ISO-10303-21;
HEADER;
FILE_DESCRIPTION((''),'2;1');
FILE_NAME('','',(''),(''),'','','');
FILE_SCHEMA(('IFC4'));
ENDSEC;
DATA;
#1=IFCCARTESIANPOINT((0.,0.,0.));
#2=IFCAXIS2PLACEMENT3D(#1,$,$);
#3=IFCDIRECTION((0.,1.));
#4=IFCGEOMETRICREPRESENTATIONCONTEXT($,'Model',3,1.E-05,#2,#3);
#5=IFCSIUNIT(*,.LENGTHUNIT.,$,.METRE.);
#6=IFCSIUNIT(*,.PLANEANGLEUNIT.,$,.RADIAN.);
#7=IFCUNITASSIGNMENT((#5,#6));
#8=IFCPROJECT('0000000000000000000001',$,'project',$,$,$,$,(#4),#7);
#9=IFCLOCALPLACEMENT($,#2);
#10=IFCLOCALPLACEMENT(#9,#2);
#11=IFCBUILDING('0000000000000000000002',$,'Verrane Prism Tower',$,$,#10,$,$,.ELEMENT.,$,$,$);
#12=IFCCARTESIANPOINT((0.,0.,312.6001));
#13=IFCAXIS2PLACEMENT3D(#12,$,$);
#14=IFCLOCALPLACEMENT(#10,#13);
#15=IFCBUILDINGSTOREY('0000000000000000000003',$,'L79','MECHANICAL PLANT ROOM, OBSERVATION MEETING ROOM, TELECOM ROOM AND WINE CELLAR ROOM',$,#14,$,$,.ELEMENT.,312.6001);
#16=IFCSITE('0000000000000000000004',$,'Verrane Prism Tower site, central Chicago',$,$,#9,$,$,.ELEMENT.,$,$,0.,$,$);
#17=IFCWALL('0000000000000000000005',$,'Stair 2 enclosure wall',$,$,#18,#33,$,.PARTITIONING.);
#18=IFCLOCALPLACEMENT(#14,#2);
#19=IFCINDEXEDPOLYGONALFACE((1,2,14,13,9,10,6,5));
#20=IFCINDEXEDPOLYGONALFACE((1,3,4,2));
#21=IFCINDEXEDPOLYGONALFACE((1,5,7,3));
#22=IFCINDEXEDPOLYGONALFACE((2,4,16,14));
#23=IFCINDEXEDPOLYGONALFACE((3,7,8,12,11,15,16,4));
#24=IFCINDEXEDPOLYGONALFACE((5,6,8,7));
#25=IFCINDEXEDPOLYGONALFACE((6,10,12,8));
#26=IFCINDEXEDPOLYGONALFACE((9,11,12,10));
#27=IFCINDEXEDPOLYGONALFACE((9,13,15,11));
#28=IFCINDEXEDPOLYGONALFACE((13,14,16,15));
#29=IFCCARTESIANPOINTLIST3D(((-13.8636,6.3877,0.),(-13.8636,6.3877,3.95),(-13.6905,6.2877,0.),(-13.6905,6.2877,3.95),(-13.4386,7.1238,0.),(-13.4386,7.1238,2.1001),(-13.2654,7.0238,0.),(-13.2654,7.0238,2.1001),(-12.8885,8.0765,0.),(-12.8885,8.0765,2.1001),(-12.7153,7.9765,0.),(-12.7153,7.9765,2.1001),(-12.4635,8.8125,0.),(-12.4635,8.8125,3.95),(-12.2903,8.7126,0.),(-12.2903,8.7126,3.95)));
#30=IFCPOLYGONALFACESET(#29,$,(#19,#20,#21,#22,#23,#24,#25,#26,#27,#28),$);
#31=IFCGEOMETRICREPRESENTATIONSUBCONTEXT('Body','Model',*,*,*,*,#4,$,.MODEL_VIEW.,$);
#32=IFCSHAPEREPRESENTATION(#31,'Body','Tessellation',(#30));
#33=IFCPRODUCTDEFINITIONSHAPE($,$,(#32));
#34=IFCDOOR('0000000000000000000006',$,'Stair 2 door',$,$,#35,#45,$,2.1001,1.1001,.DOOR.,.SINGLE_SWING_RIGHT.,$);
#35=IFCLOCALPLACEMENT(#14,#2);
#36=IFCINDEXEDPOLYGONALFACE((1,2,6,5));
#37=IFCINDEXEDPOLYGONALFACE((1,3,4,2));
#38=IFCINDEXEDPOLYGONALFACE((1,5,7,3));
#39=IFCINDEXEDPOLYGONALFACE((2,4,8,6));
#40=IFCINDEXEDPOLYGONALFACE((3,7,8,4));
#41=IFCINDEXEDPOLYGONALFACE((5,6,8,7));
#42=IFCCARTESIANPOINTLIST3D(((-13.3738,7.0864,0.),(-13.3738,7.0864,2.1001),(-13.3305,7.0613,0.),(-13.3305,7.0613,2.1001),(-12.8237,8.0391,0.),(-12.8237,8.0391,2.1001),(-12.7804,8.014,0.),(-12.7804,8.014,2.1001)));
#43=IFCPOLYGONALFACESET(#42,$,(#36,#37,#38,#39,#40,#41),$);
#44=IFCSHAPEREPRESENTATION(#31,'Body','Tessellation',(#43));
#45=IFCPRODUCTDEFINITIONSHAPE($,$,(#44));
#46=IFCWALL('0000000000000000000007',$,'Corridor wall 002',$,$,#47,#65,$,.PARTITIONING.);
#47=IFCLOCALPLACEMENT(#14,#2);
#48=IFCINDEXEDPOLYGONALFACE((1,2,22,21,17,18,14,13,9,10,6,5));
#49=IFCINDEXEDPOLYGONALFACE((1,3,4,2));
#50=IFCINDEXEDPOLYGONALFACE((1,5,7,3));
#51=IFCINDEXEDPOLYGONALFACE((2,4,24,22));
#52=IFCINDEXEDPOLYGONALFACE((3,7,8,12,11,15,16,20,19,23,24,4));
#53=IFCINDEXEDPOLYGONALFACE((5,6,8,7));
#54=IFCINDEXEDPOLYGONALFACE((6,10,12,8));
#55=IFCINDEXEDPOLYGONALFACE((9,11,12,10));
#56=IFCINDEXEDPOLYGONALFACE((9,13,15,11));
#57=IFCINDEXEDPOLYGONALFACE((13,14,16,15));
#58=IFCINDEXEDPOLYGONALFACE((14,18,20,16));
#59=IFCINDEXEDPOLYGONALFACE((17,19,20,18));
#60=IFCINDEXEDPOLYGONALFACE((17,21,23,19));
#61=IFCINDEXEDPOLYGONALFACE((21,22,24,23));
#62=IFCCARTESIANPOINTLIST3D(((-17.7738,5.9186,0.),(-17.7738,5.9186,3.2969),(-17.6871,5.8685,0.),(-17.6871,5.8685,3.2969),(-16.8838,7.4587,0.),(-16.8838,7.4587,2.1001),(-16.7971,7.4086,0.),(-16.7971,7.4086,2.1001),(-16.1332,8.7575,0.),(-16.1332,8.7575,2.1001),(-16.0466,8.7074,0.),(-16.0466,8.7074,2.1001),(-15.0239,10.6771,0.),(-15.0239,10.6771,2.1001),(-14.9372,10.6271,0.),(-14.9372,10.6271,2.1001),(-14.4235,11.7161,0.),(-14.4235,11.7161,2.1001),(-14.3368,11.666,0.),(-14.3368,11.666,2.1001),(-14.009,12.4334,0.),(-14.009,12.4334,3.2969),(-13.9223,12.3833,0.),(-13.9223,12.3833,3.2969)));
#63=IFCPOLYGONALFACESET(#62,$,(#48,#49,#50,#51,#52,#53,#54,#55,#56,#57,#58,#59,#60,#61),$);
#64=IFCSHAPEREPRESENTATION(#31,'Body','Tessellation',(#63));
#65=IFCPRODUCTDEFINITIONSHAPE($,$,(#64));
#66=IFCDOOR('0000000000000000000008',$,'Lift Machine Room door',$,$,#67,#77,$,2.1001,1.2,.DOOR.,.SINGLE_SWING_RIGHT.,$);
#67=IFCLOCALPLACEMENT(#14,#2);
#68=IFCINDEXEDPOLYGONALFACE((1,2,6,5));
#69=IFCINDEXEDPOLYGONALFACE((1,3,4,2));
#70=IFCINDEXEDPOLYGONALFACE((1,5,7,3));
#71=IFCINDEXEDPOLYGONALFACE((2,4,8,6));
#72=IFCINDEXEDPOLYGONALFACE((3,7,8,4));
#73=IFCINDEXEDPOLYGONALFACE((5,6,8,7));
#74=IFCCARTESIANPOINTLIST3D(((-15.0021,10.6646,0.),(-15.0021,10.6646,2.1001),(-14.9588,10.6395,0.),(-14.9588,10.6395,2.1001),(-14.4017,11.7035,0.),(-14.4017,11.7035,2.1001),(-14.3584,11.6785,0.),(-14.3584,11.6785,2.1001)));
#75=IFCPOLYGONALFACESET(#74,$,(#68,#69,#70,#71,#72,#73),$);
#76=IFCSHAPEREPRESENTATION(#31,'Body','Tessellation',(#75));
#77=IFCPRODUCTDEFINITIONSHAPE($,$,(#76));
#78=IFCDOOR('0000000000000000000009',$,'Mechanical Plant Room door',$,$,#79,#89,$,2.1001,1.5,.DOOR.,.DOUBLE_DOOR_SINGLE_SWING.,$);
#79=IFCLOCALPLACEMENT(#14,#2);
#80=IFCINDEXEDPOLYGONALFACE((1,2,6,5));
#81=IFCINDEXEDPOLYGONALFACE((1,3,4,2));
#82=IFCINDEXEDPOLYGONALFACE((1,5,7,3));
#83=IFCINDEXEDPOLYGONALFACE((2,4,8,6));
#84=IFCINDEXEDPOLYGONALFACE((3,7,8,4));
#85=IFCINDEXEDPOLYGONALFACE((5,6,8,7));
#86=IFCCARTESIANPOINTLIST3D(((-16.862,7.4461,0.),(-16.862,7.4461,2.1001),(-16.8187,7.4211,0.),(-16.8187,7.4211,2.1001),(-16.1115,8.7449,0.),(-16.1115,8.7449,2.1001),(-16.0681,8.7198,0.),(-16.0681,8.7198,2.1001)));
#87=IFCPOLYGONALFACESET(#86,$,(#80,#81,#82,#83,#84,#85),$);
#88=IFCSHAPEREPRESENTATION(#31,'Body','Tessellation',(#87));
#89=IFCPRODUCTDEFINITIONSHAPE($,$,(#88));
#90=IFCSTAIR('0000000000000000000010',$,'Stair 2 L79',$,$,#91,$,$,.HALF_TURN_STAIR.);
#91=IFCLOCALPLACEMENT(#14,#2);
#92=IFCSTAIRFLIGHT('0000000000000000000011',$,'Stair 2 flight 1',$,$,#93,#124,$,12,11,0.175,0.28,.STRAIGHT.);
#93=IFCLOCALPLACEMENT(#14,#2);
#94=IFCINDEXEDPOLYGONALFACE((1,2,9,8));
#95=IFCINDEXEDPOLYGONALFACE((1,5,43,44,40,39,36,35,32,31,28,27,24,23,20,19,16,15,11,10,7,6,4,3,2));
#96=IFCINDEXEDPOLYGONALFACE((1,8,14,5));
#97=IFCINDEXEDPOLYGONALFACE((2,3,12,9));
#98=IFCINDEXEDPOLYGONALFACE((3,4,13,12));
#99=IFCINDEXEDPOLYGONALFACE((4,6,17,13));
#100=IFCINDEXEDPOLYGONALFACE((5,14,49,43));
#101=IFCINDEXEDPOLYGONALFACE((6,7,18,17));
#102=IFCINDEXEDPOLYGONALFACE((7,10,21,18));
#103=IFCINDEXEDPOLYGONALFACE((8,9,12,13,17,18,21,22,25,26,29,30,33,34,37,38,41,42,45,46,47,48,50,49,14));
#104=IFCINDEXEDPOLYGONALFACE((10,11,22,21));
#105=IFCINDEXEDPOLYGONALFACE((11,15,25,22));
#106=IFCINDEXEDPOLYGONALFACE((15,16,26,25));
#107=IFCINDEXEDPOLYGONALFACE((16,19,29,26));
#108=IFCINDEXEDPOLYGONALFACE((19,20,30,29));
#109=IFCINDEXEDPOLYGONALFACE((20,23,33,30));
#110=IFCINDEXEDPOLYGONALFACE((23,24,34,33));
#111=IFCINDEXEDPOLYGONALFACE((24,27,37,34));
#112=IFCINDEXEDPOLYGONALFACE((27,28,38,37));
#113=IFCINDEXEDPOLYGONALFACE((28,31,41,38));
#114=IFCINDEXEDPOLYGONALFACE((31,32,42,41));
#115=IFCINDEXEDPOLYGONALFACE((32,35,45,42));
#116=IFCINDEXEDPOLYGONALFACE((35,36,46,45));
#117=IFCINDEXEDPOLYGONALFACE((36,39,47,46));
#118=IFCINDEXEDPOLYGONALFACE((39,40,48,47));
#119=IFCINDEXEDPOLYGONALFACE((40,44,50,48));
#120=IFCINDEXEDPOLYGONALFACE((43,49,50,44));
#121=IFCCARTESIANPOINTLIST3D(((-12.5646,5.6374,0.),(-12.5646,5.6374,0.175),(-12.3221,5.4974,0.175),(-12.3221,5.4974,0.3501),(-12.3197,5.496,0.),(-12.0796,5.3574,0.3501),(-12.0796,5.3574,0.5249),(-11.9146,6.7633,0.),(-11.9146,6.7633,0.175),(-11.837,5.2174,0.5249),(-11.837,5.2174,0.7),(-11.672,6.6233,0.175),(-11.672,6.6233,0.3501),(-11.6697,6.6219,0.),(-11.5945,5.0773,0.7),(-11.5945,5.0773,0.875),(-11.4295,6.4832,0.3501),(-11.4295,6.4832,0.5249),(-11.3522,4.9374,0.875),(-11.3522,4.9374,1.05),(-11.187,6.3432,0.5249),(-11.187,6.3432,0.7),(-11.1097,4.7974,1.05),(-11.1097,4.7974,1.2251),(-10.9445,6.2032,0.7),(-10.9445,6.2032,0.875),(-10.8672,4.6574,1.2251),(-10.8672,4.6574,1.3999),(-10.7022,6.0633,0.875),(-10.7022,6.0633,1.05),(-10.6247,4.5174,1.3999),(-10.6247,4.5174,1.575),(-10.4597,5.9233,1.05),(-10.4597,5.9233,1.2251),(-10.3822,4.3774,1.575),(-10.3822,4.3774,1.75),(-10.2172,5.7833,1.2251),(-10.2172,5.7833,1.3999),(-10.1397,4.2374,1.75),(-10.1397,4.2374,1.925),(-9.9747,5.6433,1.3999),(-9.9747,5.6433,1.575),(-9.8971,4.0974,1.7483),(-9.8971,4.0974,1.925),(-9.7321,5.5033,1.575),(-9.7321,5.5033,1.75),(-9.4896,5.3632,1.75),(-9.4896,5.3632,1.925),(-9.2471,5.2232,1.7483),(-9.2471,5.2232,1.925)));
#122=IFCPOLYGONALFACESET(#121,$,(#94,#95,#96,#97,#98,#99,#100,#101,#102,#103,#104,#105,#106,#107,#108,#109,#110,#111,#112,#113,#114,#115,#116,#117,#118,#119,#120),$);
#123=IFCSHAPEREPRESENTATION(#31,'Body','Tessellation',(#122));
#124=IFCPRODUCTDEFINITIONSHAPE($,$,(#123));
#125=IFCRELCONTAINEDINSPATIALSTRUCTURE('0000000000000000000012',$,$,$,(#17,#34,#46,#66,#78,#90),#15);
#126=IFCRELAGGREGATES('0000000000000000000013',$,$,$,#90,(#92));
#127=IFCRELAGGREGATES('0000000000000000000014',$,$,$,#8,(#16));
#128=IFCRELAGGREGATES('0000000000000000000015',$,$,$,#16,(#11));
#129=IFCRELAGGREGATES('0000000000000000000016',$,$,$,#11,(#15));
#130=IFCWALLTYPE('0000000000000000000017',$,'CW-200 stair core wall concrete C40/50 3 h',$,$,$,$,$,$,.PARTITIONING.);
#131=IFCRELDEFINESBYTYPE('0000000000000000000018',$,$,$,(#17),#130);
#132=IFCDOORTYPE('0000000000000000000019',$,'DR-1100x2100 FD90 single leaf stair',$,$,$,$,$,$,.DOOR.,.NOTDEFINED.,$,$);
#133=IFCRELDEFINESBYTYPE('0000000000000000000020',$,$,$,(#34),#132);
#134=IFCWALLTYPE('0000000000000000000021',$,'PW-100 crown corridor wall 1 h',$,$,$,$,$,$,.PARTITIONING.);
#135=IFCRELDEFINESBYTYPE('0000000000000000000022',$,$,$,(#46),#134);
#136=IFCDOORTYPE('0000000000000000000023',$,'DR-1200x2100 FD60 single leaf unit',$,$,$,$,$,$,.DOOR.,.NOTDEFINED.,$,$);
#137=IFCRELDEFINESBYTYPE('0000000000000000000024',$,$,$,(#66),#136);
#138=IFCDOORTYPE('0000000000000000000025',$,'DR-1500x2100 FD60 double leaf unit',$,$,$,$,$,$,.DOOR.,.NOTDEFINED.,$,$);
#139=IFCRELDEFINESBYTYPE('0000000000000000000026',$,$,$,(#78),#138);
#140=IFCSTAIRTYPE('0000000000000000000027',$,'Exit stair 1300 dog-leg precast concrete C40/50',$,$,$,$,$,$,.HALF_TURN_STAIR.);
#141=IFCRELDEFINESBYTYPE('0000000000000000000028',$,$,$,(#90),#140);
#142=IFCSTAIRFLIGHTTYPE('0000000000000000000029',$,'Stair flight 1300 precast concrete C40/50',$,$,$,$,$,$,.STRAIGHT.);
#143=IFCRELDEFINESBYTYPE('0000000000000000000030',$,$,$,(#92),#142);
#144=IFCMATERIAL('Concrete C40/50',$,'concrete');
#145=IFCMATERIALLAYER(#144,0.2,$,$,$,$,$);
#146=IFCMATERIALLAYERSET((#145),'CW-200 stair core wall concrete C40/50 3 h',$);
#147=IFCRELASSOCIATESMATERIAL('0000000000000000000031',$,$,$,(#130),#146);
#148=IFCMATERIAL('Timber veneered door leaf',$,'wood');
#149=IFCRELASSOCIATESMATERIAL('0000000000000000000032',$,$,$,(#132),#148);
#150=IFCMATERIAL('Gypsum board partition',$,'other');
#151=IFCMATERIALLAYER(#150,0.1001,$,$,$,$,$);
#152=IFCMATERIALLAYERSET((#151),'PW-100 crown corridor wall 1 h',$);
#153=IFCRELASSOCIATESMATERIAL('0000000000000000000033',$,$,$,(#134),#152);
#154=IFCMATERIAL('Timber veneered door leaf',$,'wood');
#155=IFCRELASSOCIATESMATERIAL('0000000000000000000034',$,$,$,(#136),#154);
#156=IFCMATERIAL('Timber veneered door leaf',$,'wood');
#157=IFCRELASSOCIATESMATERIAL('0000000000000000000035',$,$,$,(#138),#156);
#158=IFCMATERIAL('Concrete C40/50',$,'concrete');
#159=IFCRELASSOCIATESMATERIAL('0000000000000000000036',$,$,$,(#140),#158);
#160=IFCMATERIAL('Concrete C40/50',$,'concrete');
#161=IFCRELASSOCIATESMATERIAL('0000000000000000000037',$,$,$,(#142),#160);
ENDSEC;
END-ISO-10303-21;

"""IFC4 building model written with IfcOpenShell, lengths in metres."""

from ifc_helpers import new_model, si_unit, direction, frame, frame_2d, origin, place, context, subcontext, project, spatial, polyline, rectangle, outline, extrude, material, layer, layer_set, type_object, element, fill, aggregate, save


model = new_model("IFC4")

# Units and contexts
model_context = context("Model", 3, precision=1e-05, world=origin(), true_north=direction((0.0, 1.0)))
body_context = subcontext(model_context, "Body", "Model", "MODEL_VIEW")
ifc_project = project(units=[si_unit("LENGTHUNIT", "METRE"), si_unit("PLANEANGLEUNIT", "RADIAN")], contexts=[model_context])

# Site, building, storey
site_placement = place(None, origin())
site = spatial("IfcSite", under=ifc_project, at=site_placement, Name="Verrane Prism Tower site, central Chicago", CompositionType="ELEMENT", RefElevation=0.0)
building_placement = place(site_placement, origin())
building = spatial("IfcBuilding", under=site, at=building_placement, Name="Verrane Prism Tower", CompositionType="ELEMENT")
storey_placement = place(building_placement, frame((0.0, 0.0, 312.6001)))
storey = spatial("IfcBuildingStorey", under=building, at=storey_placement, Name="L79", Description="MECHANICAL PLANT ROOM, OBSERVATION MEETING ROOM, TELECOM ROOM AND WINE CELLAR ROOM", CompositionType="ELEMENT", Elevation=312.6001)

# Wall, opening, door
ifc_material_1 = material(Name="Concrete C40/50", Category="concrete")
ifc_layer_1 = layer(ifc_material_1, 0.2)
ifc_layer_set_1 = layer_set([ifc_layer_1], Name="CW-200 stair core wall concrete C40/50 3 h")
wall_type_1 = type_object("IfcWallType", Name="CW-200 stair core wall concrete C40/50 3 h", PredefinedType="PARTITIONING", material=ifc_layer_set_1)
wall_1_placement = place(storey_placement, frame((-12.377, 8.7625, 0.0), z_axis=(0.0, 0.0, 1.0), x_axis=(-0.50005, -0.865997, 0.0)))
wall_1 = element("IfcWall", 1, at=wall_1_placement, inside=storey, type_object=wall_type_1, Name="Stair 2 enclosure wall", PredefinedType="PARTITIONING", context=body_context, shape_type="SweptSolid", body=[
    extrude(rectangle(XDim=2.8, YDim=0.2, at=frame_2d((1.3999, 0.0))), origin(), (0.0, 0.0, 1.0), 3.95),
])
opening_1_placement = place(wall_1_placement, frame((0.8499, 0.0, 0.0)))
opening_1 = element("IfcOpeningElement", 2, at=opening_1_placement, cuts=wall_1, PredefinedType="OPENING", context=body_context, shape_type="SweptSolid", body=[
    extrude(rectangle(XDim=1.1001, YDim=2.1001, at=frame_2d((0.55, 1.05))), frame((0.0, 0.1099, 0.0), z_axis=(0.0, -1.0, 0.0), x_axis=(1.0, 0.0, 0.0)), (0.0, 0.0, 1.0), 0.22),
])
ifc_material_2 = material(Name="Timber veneered door leaf", Category="wood")
door_type_1 = type_object("IfcDoorType", Name="DR-1100x2100 FD90 single leaf stair", OperationType="NOTDEFINED", PredefinedType="DOOR", material=ifc_material_2)
door_1_placement = place(opening_1_placement, origin())
door_1 = element("IfcDoor", 3, at=door_1_placement, inside=storey, type_object=door_type_1, Name="Stair 2 door", OperationType="SINGLE_SWING_RIGHT", OverallHeight=2.1001, OverallWidth=1.1001, PredefinedType="DOOR", context=body_context, shape_type="SweptSolid", body=[
    extrude(rectangle(XDim=1.1001, YDim=2.1001, at=frame_2d((0.55, 1.05))), frame((0.0, 0.0249, 0.0), z_axis=(0.0, -1.0, 0.0), x_axis=(1.0, 0.0, 0.0)), (0.0, 0.0, 1.0), 0.05),
])
fill(opening_1, door_1)

# Wall, openings, doors
ifc_material_3 = material(Name="Gypsum board partition", Category="other")
ifc_layer_2 = layer(ifc_material_3, 0.1001)
ifc_layer_set_2 = layer_set([ifc_layer_2], Name="PW-100 crown corridor wall 1 h")
wall_type_2 = type_object("IfcWallType", Name="PW-100 crown corridor wall 1 h", PredefinedType="PARTITIONING", material=ifc_layer_set_2)
wall_2_placement = place(storey_placement, frame((-17.7305, 5.8936, 0.0), z_axis=(0.0, 0.0, 1.0), x_axis=(0.500351, 0.865823, 0.0)))
wall_2 = element("IfcWall", 4, at=wall_2_placement, inside=storey, type_object=wall_type_2, Name="Corridor wall 002", PredefinedType="PARTITIONING", context=body_context, shape_type="SweptSolid", body=[
    extrude(rectangle(XDim=7.5244, YDim=0.1001, at=frame_2d((3.7622, 0.0))), origin(), (0.0, 0.0, 1.0), 3.2969),
])
opening_2_placement = place(wall_2_placement, frame((5.4958, 0.0, 0.0)))
opening_2 = element("IfcOpeningElement", 5, at=opening_2_placement, cuts=wall_2, PredefinedType="OPENING", context=body_context, shape_type="SweptSolid", body=[
    extrude(rectangle(XDim=1.2, YDim=2.1001, at=frame_2d((0.6001, 1.05))), frame((0.0, 0.0601, 0.0), z_axis=(0.0, -1.0, 0.0), x_axis=(1.0, 0.0, 0.0)), (0.0, 0.0, 1.0), 0.1201),
])
opening_3_placement = place(wall_2_placement, frame((1.7788, 0.0, 0.0)))
opening_3 = element("IfcOpeningElement", 6, at=opening_3_placement, cuts=wall_2, PredefinedType="OPENING", context=body_context, shape_type="SweptSolid", body=[
    extrude(rectangle(XDim=1.5, YDim=2.1001, at=frame_2d((0.75, 1.05))), frame((0.0, 0.0601, 0.0), z_axis=(0.0, -1.0, 0.0), x_axis=(1.0, 0.0, 0.0)), (0.0, 0.0, 1.0), 0.1201),
])
ifc_material_4 = material(Name="Timber veneered door leaf", Category="wood")
door_type_2 = type_object("IfcDoorType", Name="DR-1200x2100 FD60 single leaf unit", OperationType="NOTDEFINED", PredefinedType="DOOR", material=ifc_material_4)
door_2_placement = place(opening_2_placement, origin())
door_2 = element("IfcDoor", 7, at=door_2_placement, inside=storey, type_object=door_type_2, Name="Lift Machine Room door", OperationType="SINGLE_SWING_RIGHT", OverallHeight=2.1001, OverallWidth=1.2, PredefinedType="DOOR", context=body_context, shape_type="SweptSolid", body=[
    extrude(rectangle(XDim=1.2, YDim=2.1001, at=frame_2d((0.6001, 1.05))), frame((0.0, 0.0249, 0.0), z_axis=(0.0, -1.0, 0.0), x_axis=(1.0, 0.0, 0.0)), (0.0, 0.0, 1.0), 0.05),
])
fill(opening_2, door_2)
ifc_material_5 = material(Name="Timber veneered door leaf", Category="wood")
door_type_3 = type_object("IfcDoorType", Name="DR-1500x2100 FD60 double leaf unit", OperationType="NOTDEFINED", PredefinedType="DOOR", material=ifc_material_5)
door_3_placement = place(opening_3_placement, origin())
door_3 = element("IfcDoor", 8, at=door_3_placement, inside=storey, type_object=door_type_3, Name="Mechanical Plant Room door", OperationType="DOUBLE_DOOR_SINGLE_SWING", OverallHeight=2.1001, OverallWidth=1.5, PredefinedType="DOOR", context=body_context, shape_type="SweptSolid", body=[
    extrude(rectangle(XDim=1.5, YDim=2.1001, at=frame_2d((0.75, 1.05))), frame((0.0, 0.0249, 0.0), z_axis=(0.0, -1.0, 0.0), x_axis=(1.0, 0.0, 0.0)), (0.0, 0.0, 1.0), 0.05),
])
fill(opening_3, door_3)

# Stair, stair flight
ifc_material_6 = material(Name="Concrete C40/50", Category="concrete")
stair_type = type_object("IfcStairType", Name="Exit stair 1300 dog-leg precast concrete C40/50", PredefinedType="HALF_TURN_STAIR", material=ifc_material_6)
stair_placement = place(storey_placement, origin())
stair = element("IfcStair", 9, at=stair_placement, inside=storey, type_object=stair_type, Name="Stair 2 L79", PredefinedType="HALF_TURN_STAIR")
ifc_material_7 = material(Name="Concrete C40/50", Category="concrete")
stair_flight_type = type_object("IfcStairFlightType", Name="Stair flight 1300 precast concrete C40/50", PredefinedType="STRAIGHT", material=ifc_material_7)
stair_flight_placement = place(storey_placement, frame((-12.2395, 6.2004, 0.0), z_axis=(0.0, 0.0, 1.0), x_axis=(0.866025, -0.5, 0.0)))
stair_flight = element("IfcStairFlight", 10, at=stair_flight_placement, type_object=stair_flight_type, Name="Stair 2 flight 1", NumberOfRisers=12, NumberOfTreads=11, PredefinedType="STRAIGHT", RiserHeight=0.175, TreadLength=0.28, context=body_context, shape_type="SweptSolid", body=[
    extrude(outline(polyline([(0.0, 0.0), (0.0, 0.175), (0.28, 0.175), (0.28, 0.3501), (0.5601, 0.3501), (0.5601, 0.5249), (0.8401, 0.5249), (0.8401, 0.7), (1.1201, 0.7), (1.1201, 0.875), (1.3999, 0.875), (1.3999, 1.05), (1.6799, 1.05), (1.6799, 1.2251), (1.96, 1.2251), (1.96, 1.3999), (2.24, 1.3999), (2.24, 1.575), (2.52, 1.575), (2.52, 1.75), (2.8, 1.75), (2.8, 1.925), (3.0801, 1.925), (3.0801, 2.1001), (3.0801, 1.7483), (0.2827, 0.0), (0.0, 0.0)])), frame((0.0, 0.6499, 0.0), z_axis=(0.0, -1.0, 0.0), x_axis=(1.0, 0.0, 0.0)), (0.0, 0.0, 1.0), 1.3),
])
aggregate(stair, [stair_flight])

save(model, "model.ifc")
